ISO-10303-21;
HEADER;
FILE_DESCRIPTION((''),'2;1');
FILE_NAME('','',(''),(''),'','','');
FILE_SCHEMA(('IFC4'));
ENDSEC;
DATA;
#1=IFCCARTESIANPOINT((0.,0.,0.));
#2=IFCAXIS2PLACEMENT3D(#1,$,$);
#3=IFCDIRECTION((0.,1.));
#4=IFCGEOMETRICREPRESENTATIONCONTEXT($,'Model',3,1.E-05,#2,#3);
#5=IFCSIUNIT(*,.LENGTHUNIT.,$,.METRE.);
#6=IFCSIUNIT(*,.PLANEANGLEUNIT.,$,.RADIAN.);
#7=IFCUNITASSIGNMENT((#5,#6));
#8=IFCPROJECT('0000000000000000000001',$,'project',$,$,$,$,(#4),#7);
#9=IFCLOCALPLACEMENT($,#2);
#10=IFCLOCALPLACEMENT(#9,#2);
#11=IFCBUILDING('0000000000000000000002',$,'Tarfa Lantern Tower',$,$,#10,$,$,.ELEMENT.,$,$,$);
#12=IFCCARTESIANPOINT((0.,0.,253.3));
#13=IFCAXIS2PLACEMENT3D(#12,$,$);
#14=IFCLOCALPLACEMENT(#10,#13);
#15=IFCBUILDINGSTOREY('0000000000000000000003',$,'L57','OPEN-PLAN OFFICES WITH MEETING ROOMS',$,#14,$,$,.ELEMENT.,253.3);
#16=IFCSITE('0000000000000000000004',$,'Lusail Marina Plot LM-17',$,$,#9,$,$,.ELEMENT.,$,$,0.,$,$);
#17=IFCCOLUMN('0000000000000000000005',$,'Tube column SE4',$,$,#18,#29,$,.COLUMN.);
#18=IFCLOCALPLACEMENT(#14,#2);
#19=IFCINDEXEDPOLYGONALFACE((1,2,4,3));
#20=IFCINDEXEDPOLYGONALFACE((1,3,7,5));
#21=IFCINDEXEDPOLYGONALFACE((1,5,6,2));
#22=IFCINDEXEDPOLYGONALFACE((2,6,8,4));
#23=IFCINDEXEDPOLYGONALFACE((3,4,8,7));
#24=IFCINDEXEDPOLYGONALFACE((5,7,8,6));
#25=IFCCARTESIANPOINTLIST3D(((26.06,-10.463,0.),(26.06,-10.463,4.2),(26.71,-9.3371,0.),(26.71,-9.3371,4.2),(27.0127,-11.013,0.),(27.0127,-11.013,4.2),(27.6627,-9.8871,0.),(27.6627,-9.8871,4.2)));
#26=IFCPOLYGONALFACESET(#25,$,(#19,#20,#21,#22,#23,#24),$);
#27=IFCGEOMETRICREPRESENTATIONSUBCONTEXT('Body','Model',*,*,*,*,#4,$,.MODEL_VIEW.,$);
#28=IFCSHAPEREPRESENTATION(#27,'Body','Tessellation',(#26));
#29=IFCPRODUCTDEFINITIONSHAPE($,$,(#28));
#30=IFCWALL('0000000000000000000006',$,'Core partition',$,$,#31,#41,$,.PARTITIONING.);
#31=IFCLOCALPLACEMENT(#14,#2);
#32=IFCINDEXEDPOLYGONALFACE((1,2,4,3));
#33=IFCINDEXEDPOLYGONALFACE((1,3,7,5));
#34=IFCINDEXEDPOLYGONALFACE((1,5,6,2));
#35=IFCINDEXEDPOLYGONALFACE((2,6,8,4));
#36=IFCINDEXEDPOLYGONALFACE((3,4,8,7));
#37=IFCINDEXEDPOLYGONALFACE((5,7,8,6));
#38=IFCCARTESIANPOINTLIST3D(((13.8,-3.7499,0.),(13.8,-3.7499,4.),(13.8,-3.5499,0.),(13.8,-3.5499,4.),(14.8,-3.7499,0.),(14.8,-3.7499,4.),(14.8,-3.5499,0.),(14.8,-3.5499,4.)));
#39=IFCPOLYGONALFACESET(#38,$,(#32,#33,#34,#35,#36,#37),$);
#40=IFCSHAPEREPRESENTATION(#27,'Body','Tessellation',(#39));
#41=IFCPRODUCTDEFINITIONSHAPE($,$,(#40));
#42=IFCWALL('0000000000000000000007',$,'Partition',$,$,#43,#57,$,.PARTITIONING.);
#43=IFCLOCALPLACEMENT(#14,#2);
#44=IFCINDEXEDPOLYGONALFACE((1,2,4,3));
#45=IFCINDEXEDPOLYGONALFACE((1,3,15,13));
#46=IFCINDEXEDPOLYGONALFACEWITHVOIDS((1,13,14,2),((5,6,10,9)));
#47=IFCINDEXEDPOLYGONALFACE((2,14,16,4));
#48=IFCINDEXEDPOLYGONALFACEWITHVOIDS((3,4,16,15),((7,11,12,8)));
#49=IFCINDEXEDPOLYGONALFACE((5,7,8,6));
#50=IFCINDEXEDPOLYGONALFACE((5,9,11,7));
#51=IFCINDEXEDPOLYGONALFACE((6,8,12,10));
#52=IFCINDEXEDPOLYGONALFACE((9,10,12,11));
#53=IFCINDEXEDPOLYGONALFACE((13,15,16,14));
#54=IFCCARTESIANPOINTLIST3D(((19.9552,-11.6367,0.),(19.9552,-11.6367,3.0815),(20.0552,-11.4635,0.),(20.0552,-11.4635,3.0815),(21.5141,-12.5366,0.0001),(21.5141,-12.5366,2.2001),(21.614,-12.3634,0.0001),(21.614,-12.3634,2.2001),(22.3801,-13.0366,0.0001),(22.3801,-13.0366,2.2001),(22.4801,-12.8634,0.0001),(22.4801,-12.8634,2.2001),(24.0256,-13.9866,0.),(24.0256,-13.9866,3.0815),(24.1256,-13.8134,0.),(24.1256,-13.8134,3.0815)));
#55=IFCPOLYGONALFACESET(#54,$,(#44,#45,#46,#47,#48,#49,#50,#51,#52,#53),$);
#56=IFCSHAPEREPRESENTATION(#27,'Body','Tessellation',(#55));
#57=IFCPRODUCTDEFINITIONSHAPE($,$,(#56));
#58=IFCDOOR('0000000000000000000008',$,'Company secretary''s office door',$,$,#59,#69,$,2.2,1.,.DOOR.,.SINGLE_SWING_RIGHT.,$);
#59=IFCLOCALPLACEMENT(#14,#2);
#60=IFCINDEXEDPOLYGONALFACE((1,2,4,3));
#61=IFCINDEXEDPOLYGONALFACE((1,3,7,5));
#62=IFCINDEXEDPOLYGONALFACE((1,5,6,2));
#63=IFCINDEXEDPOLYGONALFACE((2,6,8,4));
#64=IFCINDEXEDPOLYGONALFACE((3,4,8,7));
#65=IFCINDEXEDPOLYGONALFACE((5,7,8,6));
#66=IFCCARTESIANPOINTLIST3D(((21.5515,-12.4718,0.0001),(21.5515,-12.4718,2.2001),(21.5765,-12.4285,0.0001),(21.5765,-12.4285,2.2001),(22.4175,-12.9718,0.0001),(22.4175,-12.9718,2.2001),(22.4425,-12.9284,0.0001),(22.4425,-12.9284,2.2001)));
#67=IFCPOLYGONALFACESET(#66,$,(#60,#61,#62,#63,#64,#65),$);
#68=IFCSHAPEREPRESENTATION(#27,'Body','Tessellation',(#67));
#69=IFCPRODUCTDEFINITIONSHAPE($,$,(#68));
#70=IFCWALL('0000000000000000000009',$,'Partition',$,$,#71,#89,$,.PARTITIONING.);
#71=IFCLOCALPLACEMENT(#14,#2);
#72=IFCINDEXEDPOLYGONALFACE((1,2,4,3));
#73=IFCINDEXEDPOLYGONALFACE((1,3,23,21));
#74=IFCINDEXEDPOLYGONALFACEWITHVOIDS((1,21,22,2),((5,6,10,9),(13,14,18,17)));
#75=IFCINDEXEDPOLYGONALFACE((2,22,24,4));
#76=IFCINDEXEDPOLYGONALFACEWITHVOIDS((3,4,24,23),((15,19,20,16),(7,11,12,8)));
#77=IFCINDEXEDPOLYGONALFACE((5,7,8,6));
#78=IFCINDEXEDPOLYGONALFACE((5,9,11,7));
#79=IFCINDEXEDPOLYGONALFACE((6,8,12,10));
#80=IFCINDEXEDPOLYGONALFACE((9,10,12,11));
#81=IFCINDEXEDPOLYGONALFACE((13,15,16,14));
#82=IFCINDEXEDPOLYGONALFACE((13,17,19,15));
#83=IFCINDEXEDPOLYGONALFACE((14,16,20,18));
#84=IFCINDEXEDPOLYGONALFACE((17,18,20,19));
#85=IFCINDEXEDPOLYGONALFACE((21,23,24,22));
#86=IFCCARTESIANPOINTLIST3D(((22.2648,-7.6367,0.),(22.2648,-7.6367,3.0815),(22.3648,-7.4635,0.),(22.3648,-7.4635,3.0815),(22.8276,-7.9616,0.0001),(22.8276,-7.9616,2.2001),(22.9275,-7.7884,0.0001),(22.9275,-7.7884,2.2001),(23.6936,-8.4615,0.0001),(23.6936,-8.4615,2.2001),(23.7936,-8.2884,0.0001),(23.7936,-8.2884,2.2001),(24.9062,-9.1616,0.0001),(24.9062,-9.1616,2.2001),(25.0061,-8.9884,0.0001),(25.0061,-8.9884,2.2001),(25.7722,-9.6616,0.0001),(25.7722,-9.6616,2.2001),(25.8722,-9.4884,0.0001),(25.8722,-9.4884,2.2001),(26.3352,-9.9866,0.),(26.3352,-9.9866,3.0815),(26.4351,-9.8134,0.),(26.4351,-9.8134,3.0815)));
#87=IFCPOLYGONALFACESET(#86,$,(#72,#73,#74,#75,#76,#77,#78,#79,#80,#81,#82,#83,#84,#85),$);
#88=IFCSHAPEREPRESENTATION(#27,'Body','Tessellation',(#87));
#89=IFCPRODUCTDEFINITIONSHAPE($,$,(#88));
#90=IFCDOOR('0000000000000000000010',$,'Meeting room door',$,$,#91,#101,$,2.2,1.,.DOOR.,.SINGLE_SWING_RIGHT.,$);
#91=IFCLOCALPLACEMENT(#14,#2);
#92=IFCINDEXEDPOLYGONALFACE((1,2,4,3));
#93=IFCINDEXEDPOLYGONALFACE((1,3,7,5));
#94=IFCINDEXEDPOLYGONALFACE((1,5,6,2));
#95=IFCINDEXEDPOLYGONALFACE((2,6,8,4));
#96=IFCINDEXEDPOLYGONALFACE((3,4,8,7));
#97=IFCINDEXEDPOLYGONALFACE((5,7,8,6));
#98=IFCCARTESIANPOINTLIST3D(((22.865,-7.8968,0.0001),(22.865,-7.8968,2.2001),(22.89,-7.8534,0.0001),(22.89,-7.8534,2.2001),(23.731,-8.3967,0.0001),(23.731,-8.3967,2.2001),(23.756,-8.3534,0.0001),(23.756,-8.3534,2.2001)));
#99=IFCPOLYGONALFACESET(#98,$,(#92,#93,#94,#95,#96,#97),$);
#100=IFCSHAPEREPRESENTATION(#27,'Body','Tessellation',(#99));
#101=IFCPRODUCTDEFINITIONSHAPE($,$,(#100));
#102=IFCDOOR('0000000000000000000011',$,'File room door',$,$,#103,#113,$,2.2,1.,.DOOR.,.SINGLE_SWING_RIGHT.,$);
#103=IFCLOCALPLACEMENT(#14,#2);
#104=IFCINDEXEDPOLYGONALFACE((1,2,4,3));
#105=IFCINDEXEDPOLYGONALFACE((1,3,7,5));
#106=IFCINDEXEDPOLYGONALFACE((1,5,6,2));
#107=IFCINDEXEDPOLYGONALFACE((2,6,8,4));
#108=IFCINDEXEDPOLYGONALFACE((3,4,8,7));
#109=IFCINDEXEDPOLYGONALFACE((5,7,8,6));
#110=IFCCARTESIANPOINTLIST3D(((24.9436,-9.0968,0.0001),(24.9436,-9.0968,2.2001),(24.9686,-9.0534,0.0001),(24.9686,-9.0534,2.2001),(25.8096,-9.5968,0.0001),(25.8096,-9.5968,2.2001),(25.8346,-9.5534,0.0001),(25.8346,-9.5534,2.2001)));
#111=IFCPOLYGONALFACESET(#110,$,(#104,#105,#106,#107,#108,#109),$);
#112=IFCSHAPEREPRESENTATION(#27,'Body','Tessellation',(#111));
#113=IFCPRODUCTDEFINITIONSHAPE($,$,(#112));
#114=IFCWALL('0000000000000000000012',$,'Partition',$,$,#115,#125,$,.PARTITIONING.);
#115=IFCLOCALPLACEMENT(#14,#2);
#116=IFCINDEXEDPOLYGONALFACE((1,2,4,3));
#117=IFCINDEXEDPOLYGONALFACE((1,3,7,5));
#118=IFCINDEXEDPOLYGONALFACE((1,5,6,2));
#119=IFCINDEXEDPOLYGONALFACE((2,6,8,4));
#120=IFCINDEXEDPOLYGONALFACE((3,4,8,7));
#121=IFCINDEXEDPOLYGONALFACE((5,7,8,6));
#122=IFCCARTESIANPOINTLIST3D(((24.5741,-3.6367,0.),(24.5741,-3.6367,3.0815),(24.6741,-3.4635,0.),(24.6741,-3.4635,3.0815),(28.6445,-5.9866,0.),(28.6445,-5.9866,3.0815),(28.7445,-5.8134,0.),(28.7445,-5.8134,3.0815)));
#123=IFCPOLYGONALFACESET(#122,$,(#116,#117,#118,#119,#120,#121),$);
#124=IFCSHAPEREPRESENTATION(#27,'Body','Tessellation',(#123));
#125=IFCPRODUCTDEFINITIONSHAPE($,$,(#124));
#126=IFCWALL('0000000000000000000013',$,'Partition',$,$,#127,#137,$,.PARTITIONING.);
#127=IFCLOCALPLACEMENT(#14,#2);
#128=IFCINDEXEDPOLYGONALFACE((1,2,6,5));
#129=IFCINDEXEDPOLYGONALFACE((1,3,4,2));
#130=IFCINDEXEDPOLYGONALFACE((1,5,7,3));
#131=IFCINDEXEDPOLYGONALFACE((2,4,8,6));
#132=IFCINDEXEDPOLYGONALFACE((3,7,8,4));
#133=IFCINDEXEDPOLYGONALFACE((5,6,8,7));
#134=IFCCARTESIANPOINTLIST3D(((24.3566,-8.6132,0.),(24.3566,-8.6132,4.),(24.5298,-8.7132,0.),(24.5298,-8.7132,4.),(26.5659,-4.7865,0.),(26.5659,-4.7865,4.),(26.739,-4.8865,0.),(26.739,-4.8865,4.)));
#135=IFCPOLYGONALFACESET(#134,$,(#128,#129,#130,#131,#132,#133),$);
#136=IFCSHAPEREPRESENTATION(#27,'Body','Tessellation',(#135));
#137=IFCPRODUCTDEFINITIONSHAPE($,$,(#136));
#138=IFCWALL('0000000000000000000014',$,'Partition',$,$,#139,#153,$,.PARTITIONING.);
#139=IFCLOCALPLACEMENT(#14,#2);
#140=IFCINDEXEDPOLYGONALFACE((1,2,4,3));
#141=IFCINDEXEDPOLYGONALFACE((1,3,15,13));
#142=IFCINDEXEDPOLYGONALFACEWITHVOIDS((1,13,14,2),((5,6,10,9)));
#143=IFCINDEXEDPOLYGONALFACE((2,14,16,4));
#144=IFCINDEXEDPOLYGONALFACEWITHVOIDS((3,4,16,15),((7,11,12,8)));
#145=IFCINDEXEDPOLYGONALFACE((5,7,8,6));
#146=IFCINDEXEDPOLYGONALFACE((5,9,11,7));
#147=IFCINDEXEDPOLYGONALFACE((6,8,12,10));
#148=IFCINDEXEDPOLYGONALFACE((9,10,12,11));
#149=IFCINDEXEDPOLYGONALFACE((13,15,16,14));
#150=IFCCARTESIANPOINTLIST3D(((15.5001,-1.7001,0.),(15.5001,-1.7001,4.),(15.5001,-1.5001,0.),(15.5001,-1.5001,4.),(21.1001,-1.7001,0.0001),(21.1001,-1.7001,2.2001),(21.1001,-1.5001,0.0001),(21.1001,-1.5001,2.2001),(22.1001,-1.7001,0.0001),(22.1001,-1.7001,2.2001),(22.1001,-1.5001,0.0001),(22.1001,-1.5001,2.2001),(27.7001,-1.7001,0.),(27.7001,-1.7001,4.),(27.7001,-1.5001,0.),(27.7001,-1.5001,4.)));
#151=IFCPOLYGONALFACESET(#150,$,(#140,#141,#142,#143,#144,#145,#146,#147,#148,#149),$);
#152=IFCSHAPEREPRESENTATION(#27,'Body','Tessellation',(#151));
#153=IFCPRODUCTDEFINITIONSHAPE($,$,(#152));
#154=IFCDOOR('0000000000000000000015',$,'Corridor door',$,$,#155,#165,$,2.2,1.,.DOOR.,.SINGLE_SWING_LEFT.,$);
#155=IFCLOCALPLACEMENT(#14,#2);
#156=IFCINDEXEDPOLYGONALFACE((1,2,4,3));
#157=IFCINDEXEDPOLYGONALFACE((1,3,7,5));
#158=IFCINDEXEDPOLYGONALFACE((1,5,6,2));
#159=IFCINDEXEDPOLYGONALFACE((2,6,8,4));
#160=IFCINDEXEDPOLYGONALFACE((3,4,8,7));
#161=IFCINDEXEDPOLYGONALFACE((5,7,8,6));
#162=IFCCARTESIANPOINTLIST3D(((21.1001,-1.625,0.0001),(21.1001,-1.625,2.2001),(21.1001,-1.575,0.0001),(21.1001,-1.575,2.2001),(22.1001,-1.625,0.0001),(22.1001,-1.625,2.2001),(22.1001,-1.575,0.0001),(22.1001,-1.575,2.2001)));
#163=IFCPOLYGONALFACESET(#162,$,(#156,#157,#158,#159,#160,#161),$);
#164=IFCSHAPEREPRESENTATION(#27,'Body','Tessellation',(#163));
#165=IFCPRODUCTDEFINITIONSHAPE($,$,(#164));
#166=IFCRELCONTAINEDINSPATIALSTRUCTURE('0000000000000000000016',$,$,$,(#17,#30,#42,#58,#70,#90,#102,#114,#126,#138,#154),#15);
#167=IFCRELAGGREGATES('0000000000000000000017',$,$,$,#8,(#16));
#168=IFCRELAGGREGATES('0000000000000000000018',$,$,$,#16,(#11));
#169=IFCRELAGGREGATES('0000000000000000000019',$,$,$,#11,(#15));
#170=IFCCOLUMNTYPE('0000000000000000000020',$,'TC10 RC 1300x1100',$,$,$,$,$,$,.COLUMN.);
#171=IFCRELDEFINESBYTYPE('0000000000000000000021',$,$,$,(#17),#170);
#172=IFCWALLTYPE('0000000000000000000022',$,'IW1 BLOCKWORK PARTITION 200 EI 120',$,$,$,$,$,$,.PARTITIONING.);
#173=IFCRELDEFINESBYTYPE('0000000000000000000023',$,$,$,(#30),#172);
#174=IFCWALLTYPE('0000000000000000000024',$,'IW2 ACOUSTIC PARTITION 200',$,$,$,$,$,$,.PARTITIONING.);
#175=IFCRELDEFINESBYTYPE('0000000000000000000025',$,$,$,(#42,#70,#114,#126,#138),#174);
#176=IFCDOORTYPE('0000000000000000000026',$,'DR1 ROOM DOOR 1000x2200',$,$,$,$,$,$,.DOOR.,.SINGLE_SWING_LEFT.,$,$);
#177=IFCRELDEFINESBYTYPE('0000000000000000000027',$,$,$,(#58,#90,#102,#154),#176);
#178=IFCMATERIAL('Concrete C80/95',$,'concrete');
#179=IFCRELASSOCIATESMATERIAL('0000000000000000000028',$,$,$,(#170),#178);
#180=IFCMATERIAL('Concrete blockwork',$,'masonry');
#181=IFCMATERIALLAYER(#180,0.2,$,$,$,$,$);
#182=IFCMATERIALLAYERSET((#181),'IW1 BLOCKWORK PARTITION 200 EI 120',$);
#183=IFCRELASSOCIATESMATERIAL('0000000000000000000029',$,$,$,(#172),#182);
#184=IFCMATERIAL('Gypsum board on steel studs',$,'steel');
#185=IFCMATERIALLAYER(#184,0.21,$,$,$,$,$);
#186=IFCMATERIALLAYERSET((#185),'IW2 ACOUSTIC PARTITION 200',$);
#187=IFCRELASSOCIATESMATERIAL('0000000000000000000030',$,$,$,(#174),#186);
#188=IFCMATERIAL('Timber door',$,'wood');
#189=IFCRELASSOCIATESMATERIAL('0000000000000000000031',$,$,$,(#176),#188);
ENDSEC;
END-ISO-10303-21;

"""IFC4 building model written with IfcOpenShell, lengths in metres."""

from ifc_helpers import new_model, si_unit, direction, frame, frame_2d, origin, origin_2d, place, context, subcontext, project, spatial, rectangle, extrude, material, layer, layer_set, material_profile, profile_set, type_object, element, fill, save


model = new_model("IFC4")

# Units and contexts
model_context = context("Model", 3, precision=1e-05, world=origin(), true_north=direction((0.0, 1.0)))
body_context = subcontext(model_context, "Body", "Model", "MODEL_VIEW")
ifc_project = project(units=[si_unit("LENGTHUNIT", "METRE"), si_unit("PLANEANGLEUNIT", "RADIAN")], contexts=[model_context])

# Site, building, storey
site_placement = place(None, origin())
site = spatial("IfcSite", under=ifc_project, at=site_placement, Name="Lusail Marina Plot LM-17", CompositionType="ELEMENT", RefElevation=0.0)
building_placement = place(site_placement, origin())
building = spatial("IfcBuilding", under=site, at=building_placement, Name="Tarfa Lantern Tower", CompositionType="ELEMENT")
storey_placement = place(building_placement, frame((0.0, 0.0, 253.3)))
storey = spatial("IfcBuildingStorey", under=building, at=storey_placement, Name="L57", Description="OPEN-PLAN OFFICES WITH MEETING ROOMS", CompositionType="ELEMENT", Elevation=253.3)

# Column
ifc_material_1 = material(Name="Concrete C80/95", Category="concrete")
ifc_material_profile = material_profile(ifc_material_1, rectangle(XDim=1.3, YDim=1.1001, at=origin_2d()), Name="RC 1300x1100")
ifc_profile_set = profile_set([ifc_material_profile], Name="Concrete C80/95")
column_type = type_object("IfcColumnType", Name="TC10 RC 1300x1100", PredefinedType="COLUMN", material=ifc_profile_set)
column_placement = place(storey_placement, frame((26.8613, -10.175, 0.0), z_axis=(0.0, 0.0, 1.0), x_axis=(0.5, 0.866025, 0.0)))
element("IfcColumn", 1, at=column_placement, inside=storey, type_object=column_type, Name="Tube column SE4", PredefinedType="COLUMN", context=body_context, shape_type="SweptSolid", body=[
    extrude(rectangle(XDim=1.3, YDim=1.1001, at=origin_2d()), origin(), (0.0, 0.0, 1.0), 4.2),
])

# Wall
ifc_material_2 = material(Name="Concrete blockwork", Category="masonry")
ifc_layer_1 = layer(ifc_material_2, 0.2)
ifc_layer_set_1 = layer_set([ifc_layer_1], Name="IW1 BLOCKWORK PARTITION 200 EI 120")
wall_type_1 = type_object("IfcWallType", Name="IW1 BLOCKWORK PARTITION 200 EI 120", PredefinedType="PARTITIONING", material=ifc_layer_set_1)
wall_1_placement = place(storey_placement, frame((14.8, -3.6499, 0.0), z_axis=(0.0, 0.0, 1.0), x_axis=(-1.0, 0.0, 0.0)))
element("IfcWall", 2, at=wall_1_placement, inside=storey, type_object=wall_type_1, Name="Core partition", PredefinedType="PARTITIONING", context=body_context, shape_type="SweptSolid", body=[
    extrude(rectangle(XDim=1.0, YDim=0.2, at=frame_2d((0.5, 0.0))), origin(), (0.0, 0.0, 1.0), 4.0),
])

# Wall, opening, door
ifc_material_3 = material(Name="Gypsum board on steel studs", Category="steel")
ifc_layer_2 = layer(ifc_material_3, 0.21)
ifc_layer_set_2 = layer_set([ifc_layer_2], Name="IW2 ACOUSTIC PARTITION 200")
wall_type_2 = type_object("IfcWallType", Name="IW2 ACOUSTIC PARTITION 200", PredefinedType="PARTITIONING", material=ifc_layer_set_2)
wall_2_placement = place(storey_placement, frame((20.0051, -11.55, 0.0), z_axis=(0.0, 0.0, 1.0), x_axis=(0.866039, -0.499977, 0.0)))
wall_2 = element("IfcWall", 3, at=wall_2_placement, inside=storey, type_object=wall_type_2, Name="Partition", PredefinedType="PARTITIONING", context=body_context, shape_type="SweptSolid", body=[
    extrude(rectangle(XDim=4.7, YDim=0.2, at=frame_2d((2.3501, 0.0))), origin(), (0.0, 0.0, 1.0), 3.0815),
])
opening_1_placement = place(wall_2_placement, frame((1.8, 0.0, 0.0)))
opening_1 = element("IfcOpeningElement", 4, at=opening_1_placement, cuts=wall_2, PredefinedType="OPENING", context=body_context, shape_type="SweptSolid", body=[
    extrude(rectangle(XDim=1.0, YDim=2.2, at=frame_2d((0.5, 1.1001))), frame((0.0, 0.1099, 0.0), z_axis=(0.0, -1.0, 0.0), x_axis=(1.0, 0.0, 0.0)), (0.0, 0.0, 1.0), 0.22),
])
ifc_material_4 = material(Name="Timber door", Category="wood")
door_type_1 = type_object("IfcDoorType", Name="DR1 ROOM DOOR 1000x2200", OperationType="SINGLE_SWING_LEFT", PredefinedType="DOOR", material=ifc_material_4)
door_1_placement = place(opening_1_placement, origin())
door_1 = element("IfcDoor", 5, at=door_1_placement, inside=storey, type_object=door_type_1, Name="Company secretary's office door", OperationType="SINGLE_SWING_RIGHT", OverallHeight=2.2, OverallWidth=1.0, PredefinedType="DOOR", context=body_context, shape_type="SweptSolid", body=[
    extrude(rectangle(XDim=1.0, YDim=2.2, at=frame_2d((0.5, 1.1001))), frame((0.0, 0.0249, 0.0), z_axis=(0.0, -1.0, 0.0), x_axis=(1.0, 0.0, 0.0)), (0.0, 0.0, 1.0), 0.05),
])
fill(opening_1, door_1)

# Wall, openings, doors
wall_3_placement = place(storey_placement, frame((22.3147, -7.55, 0.0), z_axis=(0.0, 0.0, 1.0), x_axis=(0.866039, -0.499977, 0.0)))
wall_3 = element("IfcWall", 6, at=wall_3_placement, inside=storey, type_object=wall_type_2, Name="Partition", PredefinedType="PARTITIONING", context=body_context, shape_type="SweptSolid", body=[
    extrude(rectangle(XDim=4.7, YDim=0.2, at=frame_2d((2.3501, 0.0))), origin(), (0.0, 0.0, 1.0), 3.0815),
])
opening_2_placement = place(wall_3_placement, frame((0.6499, 0.0, 0.0)))
opening_2 = element("IfcOpeningElement", 7, at=opening_2_placement, cuts=wall_3, PredefinedType="OPENING", context=body_context, shape_type="SweptSolid", body=[
    extrude(rectangle(XDim=1.0, YDim=2.2, at=frame_2d((0.5, 1.1001))), frame((0.0, 0.1099, 0.0), z_axis=(0.0, -1.0, 0.0), x_axis=(1.0, 0.0, 0.0)), (0.0, 0.0, 1.0), 0.22),
])
opening_3_placement = place(wall_3_placement, frame((3.05, 0.0, 0.0)))
opening_3 = element("IfcOpeningElement", 8, at=opening_3_placement, cuts=wall_3, PredefinedType="OPENING", context=body_context, shape_type="SweptSolid", body=[
    extrude(rectangle(XDim=1.0, YDim=2.2, at=frame_2d((0.5, 1.1001))), frame((0.0, 0.1099, 0.0), z_axis=(0.0, -1.0, 0.0), x_axis=(1.0, 0.0, 0.0)), (0.0, 0.0, 1.0), 0.22),
])
door_2_placement = place(opening_2_placement, origin())
door_2 = element("IfcDoor", 9, at=door_2_placement, inside=storey, type_object=door_type_1, Name="Meeting room door", OperationType="SINGLE_SWING_RIGHT", OverallHeight=2.2, OverallWidth=1.0, PredefinedType="DOOR", context=body_context, shape_type="SweptSolid", body=[
    extrude(rectangle(XDim=1.0, YDim=2.2, at=frame_2d((0.5, 1.1001))), frame((0.0, 0.0249, 0.0), z_axis=(0.0, -1.0, 0.0), x_axis=(1.0, 0.0, 0.0)), (0.0, 0.0, 1.0), 0.05),
])
fill(opening_2, door_2)
door_3_placement = place(opening_3_placement, origin())
door_3 = element("IfcDoor", 10, at=door_3_placement, inside=storey, type_object=door_type_1, Name="File room door", OperationType="SINGLE_SWING_RIGHT", OverallHeight=2.2, OverallWidth=1.0, PredefinedType="DOOR", context=body_context, shape_type="SweptSolid", body=[
    extrude(rectangle(XDim=1.0, YDim=2.2, at=frame_2d((0.5, 1.1001))), frame((0.0, 0.0249, 0.0), z_axis=(0.0, -1.0, 0.0), x_axis=(1.0, 0.0, 0.0)), (0.0, 0.0, 1.0), 0.05),
])
fill(opening_3, door_3)

# Walls
wall_4_placement = place(storey_placement, frame((24.624, -3.55, 0.0), z_axis=(0.0, 0.0, 1.0), x_axis=(0.866039, -0.499977, 0.0)))
element("IfcWall", 11, at=wall_4_placement, inside=storey, type_object=wall_type_2, Name="Partition", PredefinedType="PARTITIONING", context=body_context, shape_type="SweptSolid", body=[
    extrude(rectangle(XDim=4.7, YDim=0.2, at=frame_2d((2.3501, 0.0))), origin(), (0.0, 0.0, 1.0), 3.0815),
])
wall_5_placement = place(storey_placement, frame((24.4431, -8.6633, 0.0), z_axis=(0.0, 0.0, 1.0), x_axis=(0.499984, 0.866035, 0.0)))
element("IfcWall", 12, at=wall_5_placement, inside=storey, type_object=wall_type_2, Name="Partition", PredefinedType="PARTITIONING", context=body_context, shape_type="SweptSolid", body=[
    extrude(rectangle(XDim=4.4187, YDim=0.2, at=frame_2d((2.2095, 0.0))), origin(), (0.0, 0.0, 1.0), 4.0),
])

# Wall, opening, door
wall_6_placement = place(storey_placement, frame((15.5, -1.6001, 0.0), z_axis=(0.0, 0.0, 1.0), x_axis=(1.0, 0.0, 0.0)))
wall_6 = element("IfcWall", 13, at=wall_6_placement, inside=storey, type_object=wall_type_2, Name="Partition", PredefinedType="PARTITIONING", context=body_context, shape_type="SweptSolid", body=[
    extrude(rectangle(XDim=12.2, YDim=0.2, at=frame_2d((6.1001, 0.0))), origin(), (0.0, 0.0, 1.0), 4.0),
])
opening_4_placement = place(wall_6_placement, frame((5.6001, 0.0, 0.0)))
opening_4 = element("IfcOpeningElement", 14, at=opening_4_placement, cuts=wall_6, PredefinedType="OPENING", context=body_context, shape_type="SweptSolid", body=[
    extrude(rectangle(XDim=1.0, YDim=2.2, at=frame_2d((0.5, 1.1001))), frame((0.0, 0.1099, 0.0), z_axis=(0.0, -1.0, 0.0), x_axis=(1.0, 0.0, 0.0)), (0.0, 0.0, 1.0), 0.22),
])
door_4_placement = place(opening_4_placement, frame((1.0, 0.0, 0.0), z_axis=(0.0, 0.0, 1.0), x_axis=(-1.0, 0.0, 0.0)))
door_4 = element("IfcDoor", 15, at=door_4_placement, inside=storey, type_object=door_type_1, Name="Corridor door", OperationType="SINGLE_SWING_LEFT", OverallHeight=2.2, OverallWidth=1.0, PredefinedType="DOOR", context=body_context, shape_type="SweptSolid", body=[
    extrude(rectangle(XDim=1.0, YDim=2.2, at=frame_2d((0.5, 1.1001))), frame((0.0, 0.0249, 0.0), z_axis=(0.0, -1.0, 0.0), x_axis=(1.0, 0.0, 0.0)), (0.0, 0.0, 1.0), 0.05),
])
fill(opening_4, door_4)

save(model, "model.ifc")
